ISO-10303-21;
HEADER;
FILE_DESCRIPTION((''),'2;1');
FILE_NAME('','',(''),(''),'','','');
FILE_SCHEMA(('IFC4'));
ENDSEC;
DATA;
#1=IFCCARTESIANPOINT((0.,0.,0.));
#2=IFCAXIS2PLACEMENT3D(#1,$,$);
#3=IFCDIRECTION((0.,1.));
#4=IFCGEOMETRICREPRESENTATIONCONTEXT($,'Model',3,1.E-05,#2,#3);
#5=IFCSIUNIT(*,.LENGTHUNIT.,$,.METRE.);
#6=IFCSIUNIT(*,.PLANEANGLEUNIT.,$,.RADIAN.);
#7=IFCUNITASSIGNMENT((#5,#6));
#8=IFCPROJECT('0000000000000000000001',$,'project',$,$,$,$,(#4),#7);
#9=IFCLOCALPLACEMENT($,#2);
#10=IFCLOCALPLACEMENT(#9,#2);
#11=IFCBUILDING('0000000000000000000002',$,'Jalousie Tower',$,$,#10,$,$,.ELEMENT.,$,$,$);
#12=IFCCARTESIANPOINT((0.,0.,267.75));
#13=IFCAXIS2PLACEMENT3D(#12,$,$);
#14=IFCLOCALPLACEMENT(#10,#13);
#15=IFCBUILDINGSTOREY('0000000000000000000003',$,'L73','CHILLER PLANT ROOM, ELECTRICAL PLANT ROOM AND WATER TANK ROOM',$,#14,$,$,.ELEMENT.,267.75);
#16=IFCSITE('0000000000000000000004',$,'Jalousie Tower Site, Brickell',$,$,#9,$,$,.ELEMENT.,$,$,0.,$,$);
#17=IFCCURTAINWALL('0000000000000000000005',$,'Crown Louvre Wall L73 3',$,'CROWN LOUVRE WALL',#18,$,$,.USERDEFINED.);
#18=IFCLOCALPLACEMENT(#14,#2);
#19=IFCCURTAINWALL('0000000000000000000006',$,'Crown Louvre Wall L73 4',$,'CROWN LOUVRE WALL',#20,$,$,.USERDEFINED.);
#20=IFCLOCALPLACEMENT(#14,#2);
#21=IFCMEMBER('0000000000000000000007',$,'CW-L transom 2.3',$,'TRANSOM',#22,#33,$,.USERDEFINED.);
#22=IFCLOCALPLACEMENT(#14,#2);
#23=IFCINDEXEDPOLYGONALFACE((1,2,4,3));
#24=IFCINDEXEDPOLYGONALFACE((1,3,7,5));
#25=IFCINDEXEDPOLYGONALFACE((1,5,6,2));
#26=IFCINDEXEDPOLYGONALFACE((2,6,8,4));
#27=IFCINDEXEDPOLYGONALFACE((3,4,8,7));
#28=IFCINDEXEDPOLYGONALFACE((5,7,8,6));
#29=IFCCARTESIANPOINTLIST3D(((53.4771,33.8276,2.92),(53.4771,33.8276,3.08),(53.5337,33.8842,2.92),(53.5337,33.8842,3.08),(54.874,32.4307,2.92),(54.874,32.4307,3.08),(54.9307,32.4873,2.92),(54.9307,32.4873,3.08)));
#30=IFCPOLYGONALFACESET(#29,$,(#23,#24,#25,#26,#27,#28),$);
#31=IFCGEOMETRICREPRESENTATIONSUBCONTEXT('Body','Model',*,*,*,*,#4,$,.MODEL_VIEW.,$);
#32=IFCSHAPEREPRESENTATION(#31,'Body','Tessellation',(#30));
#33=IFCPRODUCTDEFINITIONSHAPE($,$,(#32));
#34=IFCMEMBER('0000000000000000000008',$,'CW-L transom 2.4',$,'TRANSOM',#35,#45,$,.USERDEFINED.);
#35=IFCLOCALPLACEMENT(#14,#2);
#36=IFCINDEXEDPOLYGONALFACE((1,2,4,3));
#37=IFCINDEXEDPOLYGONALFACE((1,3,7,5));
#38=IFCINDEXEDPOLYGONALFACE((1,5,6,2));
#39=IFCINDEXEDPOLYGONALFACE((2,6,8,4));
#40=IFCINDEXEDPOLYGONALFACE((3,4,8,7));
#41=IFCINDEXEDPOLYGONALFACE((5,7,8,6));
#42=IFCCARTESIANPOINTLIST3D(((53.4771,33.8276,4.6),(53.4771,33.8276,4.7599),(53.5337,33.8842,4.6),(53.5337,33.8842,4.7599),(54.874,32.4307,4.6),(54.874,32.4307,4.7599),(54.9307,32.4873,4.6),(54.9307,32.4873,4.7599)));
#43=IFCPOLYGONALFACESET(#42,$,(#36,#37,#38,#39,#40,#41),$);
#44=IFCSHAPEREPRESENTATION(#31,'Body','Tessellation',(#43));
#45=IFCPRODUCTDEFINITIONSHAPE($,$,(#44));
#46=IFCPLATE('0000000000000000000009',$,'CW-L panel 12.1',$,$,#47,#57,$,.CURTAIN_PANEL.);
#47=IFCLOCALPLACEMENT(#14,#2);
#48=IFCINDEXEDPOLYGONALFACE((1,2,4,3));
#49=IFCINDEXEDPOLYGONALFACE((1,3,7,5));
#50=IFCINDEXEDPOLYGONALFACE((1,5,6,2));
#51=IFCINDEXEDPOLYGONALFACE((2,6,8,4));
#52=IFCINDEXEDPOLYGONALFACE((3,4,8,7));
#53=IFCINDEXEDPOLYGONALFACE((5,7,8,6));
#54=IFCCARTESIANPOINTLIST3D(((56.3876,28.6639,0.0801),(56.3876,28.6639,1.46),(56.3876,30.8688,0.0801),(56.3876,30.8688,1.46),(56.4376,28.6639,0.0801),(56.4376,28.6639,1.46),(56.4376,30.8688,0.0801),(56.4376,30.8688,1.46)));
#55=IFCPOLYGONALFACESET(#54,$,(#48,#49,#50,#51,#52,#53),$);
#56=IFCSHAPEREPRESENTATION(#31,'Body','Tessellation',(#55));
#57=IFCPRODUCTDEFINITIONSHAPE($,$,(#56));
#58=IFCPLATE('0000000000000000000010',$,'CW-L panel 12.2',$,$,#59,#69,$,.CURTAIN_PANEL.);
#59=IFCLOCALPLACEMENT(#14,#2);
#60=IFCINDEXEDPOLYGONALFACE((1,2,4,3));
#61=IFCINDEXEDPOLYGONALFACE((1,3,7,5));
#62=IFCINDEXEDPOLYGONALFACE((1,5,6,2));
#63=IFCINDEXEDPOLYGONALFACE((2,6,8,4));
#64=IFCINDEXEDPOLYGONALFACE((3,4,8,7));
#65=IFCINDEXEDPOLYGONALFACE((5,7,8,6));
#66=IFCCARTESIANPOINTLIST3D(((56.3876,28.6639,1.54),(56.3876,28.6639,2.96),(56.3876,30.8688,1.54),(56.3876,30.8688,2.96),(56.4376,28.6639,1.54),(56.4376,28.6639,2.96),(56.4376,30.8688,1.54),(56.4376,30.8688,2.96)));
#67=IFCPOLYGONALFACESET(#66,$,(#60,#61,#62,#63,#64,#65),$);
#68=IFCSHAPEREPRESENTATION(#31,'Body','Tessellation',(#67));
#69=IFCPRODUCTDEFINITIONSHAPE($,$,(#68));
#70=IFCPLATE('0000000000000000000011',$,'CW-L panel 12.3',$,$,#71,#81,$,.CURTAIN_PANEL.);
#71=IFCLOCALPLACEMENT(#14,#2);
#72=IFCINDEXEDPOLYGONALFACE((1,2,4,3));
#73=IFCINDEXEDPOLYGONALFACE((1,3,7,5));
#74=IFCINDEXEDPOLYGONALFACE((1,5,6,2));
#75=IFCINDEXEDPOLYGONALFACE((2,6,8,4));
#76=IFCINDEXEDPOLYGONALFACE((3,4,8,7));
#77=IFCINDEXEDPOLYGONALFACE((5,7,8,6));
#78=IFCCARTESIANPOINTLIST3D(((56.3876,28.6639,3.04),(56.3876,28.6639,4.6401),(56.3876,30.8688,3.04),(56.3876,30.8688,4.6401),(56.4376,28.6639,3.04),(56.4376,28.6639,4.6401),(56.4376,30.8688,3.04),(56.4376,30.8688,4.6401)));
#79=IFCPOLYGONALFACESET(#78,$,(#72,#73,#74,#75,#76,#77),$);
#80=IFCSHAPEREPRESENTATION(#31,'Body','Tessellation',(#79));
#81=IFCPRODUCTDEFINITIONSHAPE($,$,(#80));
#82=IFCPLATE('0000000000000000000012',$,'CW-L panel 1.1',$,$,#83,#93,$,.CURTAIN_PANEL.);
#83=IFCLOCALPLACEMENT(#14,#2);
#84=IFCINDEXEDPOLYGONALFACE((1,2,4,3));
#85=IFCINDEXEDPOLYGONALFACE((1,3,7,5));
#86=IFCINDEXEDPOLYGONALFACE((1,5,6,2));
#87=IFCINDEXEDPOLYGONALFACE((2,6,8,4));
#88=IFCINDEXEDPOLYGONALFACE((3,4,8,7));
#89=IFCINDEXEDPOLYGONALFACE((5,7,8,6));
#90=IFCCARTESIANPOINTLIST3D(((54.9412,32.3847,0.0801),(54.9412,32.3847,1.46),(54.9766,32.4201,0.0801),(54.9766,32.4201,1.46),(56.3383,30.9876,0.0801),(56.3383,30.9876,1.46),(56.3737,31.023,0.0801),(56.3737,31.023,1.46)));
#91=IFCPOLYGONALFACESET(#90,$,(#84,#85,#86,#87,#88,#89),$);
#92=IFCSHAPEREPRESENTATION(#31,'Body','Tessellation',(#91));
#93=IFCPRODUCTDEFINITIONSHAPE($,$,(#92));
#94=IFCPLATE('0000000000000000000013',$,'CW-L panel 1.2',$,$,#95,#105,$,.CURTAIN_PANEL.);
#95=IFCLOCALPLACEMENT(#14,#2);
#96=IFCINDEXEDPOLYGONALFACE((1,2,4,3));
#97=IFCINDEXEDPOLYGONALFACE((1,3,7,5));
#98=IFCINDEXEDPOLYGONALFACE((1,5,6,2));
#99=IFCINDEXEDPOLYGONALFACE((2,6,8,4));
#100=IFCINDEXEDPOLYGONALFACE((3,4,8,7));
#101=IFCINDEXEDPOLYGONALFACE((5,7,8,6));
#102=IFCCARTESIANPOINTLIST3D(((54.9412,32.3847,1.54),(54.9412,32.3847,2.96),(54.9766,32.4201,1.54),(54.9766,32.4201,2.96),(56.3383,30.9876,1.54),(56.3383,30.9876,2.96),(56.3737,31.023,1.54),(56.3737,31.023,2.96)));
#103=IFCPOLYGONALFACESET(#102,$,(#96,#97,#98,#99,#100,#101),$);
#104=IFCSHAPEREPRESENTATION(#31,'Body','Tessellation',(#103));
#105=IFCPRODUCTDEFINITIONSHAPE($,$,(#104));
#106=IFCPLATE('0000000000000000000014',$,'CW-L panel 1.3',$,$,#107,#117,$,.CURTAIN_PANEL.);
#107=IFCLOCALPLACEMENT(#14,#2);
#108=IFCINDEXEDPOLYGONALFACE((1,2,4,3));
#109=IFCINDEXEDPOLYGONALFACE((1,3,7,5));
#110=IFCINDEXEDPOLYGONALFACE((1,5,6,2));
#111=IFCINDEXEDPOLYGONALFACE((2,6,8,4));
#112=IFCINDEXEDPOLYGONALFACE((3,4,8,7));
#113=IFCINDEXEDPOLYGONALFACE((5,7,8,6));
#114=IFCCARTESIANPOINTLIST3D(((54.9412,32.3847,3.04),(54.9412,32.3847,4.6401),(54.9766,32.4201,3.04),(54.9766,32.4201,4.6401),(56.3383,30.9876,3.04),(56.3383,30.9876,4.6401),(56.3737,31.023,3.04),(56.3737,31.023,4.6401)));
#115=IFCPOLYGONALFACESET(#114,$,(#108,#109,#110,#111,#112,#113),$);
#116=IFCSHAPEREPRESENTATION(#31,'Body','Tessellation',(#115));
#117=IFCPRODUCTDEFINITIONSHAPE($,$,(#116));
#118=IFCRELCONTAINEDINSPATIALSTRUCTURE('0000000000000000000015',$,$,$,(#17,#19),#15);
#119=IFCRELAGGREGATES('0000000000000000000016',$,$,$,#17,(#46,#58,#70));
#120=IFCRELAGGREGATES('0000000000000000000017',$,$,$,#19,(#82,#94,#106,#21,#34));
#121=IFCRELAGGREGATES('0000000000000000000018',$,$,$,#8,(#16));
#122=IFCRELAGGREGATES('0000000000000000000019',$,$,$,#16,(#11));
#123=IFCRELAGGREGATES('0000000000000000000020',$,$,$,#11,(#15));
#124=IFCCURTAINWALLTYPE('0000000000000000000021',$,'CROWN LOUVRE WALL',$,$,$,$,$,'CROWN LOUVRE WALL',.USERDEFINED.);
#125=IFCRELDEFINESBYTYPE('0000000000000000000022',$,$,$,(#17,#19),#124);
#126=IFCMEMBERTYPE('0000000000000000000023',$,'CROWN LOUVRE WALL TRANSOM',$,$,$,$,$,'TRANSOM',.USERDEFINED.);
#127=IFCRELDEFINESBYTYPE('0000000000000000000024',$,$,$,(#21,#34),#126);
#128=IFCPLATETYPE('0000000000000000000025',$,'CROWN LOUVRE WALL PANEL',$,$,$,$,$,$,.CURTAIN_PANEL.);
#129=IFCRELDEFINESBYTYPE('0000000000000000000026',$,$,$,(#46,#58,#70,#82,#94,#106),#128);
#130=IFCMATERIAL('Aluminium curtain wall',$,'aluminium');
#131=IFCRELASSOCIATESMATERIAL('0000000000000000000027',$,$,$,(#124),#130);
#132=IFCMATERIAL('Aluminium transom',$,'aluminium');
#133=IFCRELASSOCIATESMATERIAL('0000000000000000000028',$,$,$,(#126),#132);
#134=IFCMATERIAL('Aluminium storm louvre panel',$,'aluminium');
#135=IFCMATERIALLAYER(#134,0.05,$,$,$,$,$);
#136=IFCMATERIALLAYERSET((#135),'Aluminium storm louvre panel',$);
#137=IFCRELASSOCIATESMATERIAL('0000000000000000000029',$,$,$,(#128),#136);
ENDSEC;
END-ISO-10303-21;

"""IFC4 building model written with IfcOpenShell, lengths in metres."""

from ifc_helpers import new_model, si_unit, direction, frame, origin, origin_2d, place, context, subcontext, project, spatial, rectangle, extrude, material, layer, layer_set, material_profile, profile_set, type_object, element, aggregate, save


model = new_model("IFC4")

# Units and contexts
model_context = context("Model", 3, precision=1e-05, world=origin(), true_north=direction((0.0, 1.0)))
body_context = subcontext(model_context, "Body", "Model", "MODEL_VIEW")
ifc_project = project(units=[si_unit("LENGTHUNIT", "METRE"), si_unit("PLANEANGLEUNIT", "RADIAN")], contexts=[model_context])

# Site, building, storey
site_placement = place(None, origin())
site = spatial("IfcSite", under=ifc_project, at=site_placement, Name="Jalousie Tower Site, Brickell", CompositionType="ELEMENT", RefElevation=0.0)
building_placement = place(site_placement, origin())
building = spatial("IfcBuilding", under=site, at=building_placement, Name="Jalousie Tower", CompositionType="ELEMENT")
storey_placement = place(building_placement, frame((0.0, 0.0, 267.75)))
storey = spatial("IfcBuildingStorey", under=building, at=storey_placement, Name="L73", Description="CHILLER PLANT ROOM, ELECTRICAL PLANT ROOM AND WATER TANK ROOM", CompositionType="ELEMENT", Elevation=267.75)

# Curtain walls
ifc_material_1 = material(Name="Aluminium curtain wall", Category="aluminium")
curtain_wall_type = type_object("IfcCurtainWallType", Name="CROWN LOUVRE WALL", ElementType="CROWN LOUVRE WALL", PredefinedType="USERDEFINED", material=ifc_material_1)
curtain_wall_1_placement = place(storey_placement, origin())
curtain_wall_1 = element("IfcCurtainWall", 1, at=curtain_wall_1_placement, inside=storey, type_object=curtain_wall_type, Name="Crown Louvre Wall L73 3", ObjectType="CROWN LOUVRE WALL", PredefinedType="USERDEFINED")
curtain_wall_2_placement = place(storey_placement, origin())
curtain_wall_2 = element("IfcCurtainWall", 2, at=curtain_wall_2_placement, inside=storey, type_object=curtain_wall_type, Name="Crown Louvre Wall L73 4", ObjectType="CROWN LOUVRE WALL", PredefinedType="USERDEFINED")

# Members
ifc_material_2 = material(Name="Aluminium transom", Category="aluminium")
ifc_material_profile_1 = material_profile(ifc_material_2, rectangle(XDim=0.0801, YDim=0.1599, at=origin_2d()), Name="TRANSOM 80x160")
ifc_profile_set_1 = profile_set([ifc_material_profile_1], Name="Aluminium transom")
member_type_1 = type_object("IfcMemberType", Name="CROWN LOUVRE WALL TRANSOM", ElementType="TRANSOM", PredefinedType="USERDEFINED", material=ifc_profile_set_1)
member_1_placement = place(storey_placement, frame((54.9023, 32.459, 3.0), z_axis=(-0.707107, 0.707107, 0.0), x_axis=(-0.707107, -0.707107, 0.0)))
member_1 = element("IfcMember", 3, at=member_1_placement, type_object=member_type_1, Name="CW-L transom 2.3", ObjectType="TRANSOM", PredefinedType="USERDEFINED", context=body_context, shape_type="SweptSolid", body=[
    extrude(rectangle(XDim=0.0801, YDim=0.1599, at=origin_2d()), origin(), (0.0, 0.0, 1.0), 1.9756),
])
member_2_placement = place(storey_placement, frame((54.9023, 32.459, 4.6799), z_axis=(-0.707107, 0.707107, 0.0), x_axis=(-0.707107, -0.707107, 0.0)))
member_2 = element("IfcMember", 4, at=member_2_placement, type_object=member_type_1, Name="CW-L transom 2.4", ObjectType="TRANSOM", PredefinedType="USERDEFINED", context=body_context, shape_type="SweptSolid", body=[
    extrude(rectangle(XDim=0.0801, YDim=0.1599, at=origin_2d()), origin(), (0.0, 0.0, 1.0), 1.9756),
])

# Plates
ifc_material_3 = material(Name="Aluminium storm louvre panel", Category="aluminium")
ifc_layer = layer(ifc_material_3, 0.05)
ifc_layer_set = layer_set([ifc_layer], Name="Aluminium storm louvre panel")
plate_type = type_object("IfcPlateType", Name="CROWN LOUVRE WALL PANEL", PredefinedType="CURTAIN_PANEL", material=ifc_layer_set)
plate_1_placement = place(storey_placement, frame((56.4126, 29.7664, 0.0801), z_axis=(0.0, 0.0, 1.0), x_axis=(0.0, 1.0, 0.0)))
plate_1 = element("IfcPlate", 5, at=plate_1_placement, type_object=plate_type, Name="CW-L panel 12.1", PredefinedType="CURTAIN_PANEL", context=body_context, shape_type="SweptSolid", body=[
    extrude(rectangle(XDim=2.2048, YDim=0.05, at=origin_2d()), origin(), (0.0, 0.0, 1.0), 1.3799),
])
plate_2_placement = place(storey_placement, frame((56.4126, 29.7664, 1.54), z_axis=(0.0, 0.0, 1.0), x_axis=(0.0, 1.0, 0.0)))
plate_2 = element("IfcPlate", 6, at=plate_2_placement, type_object=plate_type, Name="CW-L panel 12.2", PredefinedType="CURTAIN_PANEL", context=body_context, shape_type="SweptSolid", body=[
    extrude(rectangle(XDim=2.2048, YDim=0.05, at=origin_2d()), origin(), (0.0, 0.0, 1.0), 1.4199),
])
plate_3_placement = place(storey_placement, frame((56.4126, 29.7664, 3.04), z_axis=(0.0, 0.0, 1.0), x_axis=(0.0, 1.0, 0.0)))
plate_3 = element("IfcPlate", 7, at=plate_3_placement, type_object=plate_type, Name="CW-L panel 12.3", PredefinedType="CURTAIN_PANEL", context=body_context, shape_type="SweptSolid", body=[
    extrude(rectangle(XDim=2.2048, YDim=0.05, at=origin_2d()), origin(), (0.0, 0.0, 1.0), 1.6001),
])
aggregate(curtain_wall_1, [plate_1, plate_2, plate_3])
plate_4_placement = place(storey_placement, frame((55.6575, 31.7039, 0.0801), z_axis=(0.0, 0.0, 1.0), x_axis=(-0.707107, 0.707107, 0.0)))
plate_4 = element("IfcPlate", 8, at=plate_4_placement, type_object=plate_type, Name="CW-L panel 1.1", PredefinedType="CURTAIN_PANEL", context=body_context, shape_type="SweptSolid", body=[
    extrude(rectangle(XDim=1.9758, YDim=0.05, at=origin_2d()), origin(), (0.0, 0.0, 1.0), 1.3799),
])
plate_5_placement = place(storey_placement, frame((55.6575, 31.7039, 1.54), z_axis=(0.0, 0.0, 1.0), x_axis=(-0.707107, 0.707107, 0.0)))
plate_5 = element("IfcPlate", 9, at=plate_5_placement, type_object=plate_type, Name="CW-L panel 1.2", PredefinedType="CURTAIN_PANEL", context=body_context, shape_type="SweptSolid", body=[
    extrude(rectangle(XDim=1.9758, YDim=0.05, at=origin_2d()), origin(), (0.0, 0.0, 1.0), 1.4199),
])
plate_6_placement = place(storey_placement, frame((55.6575, 31.7039, 3.04), z_axis=(0.0, 0.0, 1.0), x_axis=(-0.707107, 0.707107, 0.0)))
plate_6 = element("IfcPlate", 10, at=plate_6_placement, type_object=plate_type, Name="CW-L panel 1.3", PredefinedType="CURTAIN_PANEL", context=body_context, shape_type="SweptSolid", body=[
    extrude(rectangle(XDim=1.9758, YDim=0.05, at=origin_2d()), origin(), (0.0, 0.0, 1.0), 1.6001),
])
aggregate(curtain_wall_2, [plate_4, plate_5, plate_6, member_1, member_2])

save(model, "model.ifc")
